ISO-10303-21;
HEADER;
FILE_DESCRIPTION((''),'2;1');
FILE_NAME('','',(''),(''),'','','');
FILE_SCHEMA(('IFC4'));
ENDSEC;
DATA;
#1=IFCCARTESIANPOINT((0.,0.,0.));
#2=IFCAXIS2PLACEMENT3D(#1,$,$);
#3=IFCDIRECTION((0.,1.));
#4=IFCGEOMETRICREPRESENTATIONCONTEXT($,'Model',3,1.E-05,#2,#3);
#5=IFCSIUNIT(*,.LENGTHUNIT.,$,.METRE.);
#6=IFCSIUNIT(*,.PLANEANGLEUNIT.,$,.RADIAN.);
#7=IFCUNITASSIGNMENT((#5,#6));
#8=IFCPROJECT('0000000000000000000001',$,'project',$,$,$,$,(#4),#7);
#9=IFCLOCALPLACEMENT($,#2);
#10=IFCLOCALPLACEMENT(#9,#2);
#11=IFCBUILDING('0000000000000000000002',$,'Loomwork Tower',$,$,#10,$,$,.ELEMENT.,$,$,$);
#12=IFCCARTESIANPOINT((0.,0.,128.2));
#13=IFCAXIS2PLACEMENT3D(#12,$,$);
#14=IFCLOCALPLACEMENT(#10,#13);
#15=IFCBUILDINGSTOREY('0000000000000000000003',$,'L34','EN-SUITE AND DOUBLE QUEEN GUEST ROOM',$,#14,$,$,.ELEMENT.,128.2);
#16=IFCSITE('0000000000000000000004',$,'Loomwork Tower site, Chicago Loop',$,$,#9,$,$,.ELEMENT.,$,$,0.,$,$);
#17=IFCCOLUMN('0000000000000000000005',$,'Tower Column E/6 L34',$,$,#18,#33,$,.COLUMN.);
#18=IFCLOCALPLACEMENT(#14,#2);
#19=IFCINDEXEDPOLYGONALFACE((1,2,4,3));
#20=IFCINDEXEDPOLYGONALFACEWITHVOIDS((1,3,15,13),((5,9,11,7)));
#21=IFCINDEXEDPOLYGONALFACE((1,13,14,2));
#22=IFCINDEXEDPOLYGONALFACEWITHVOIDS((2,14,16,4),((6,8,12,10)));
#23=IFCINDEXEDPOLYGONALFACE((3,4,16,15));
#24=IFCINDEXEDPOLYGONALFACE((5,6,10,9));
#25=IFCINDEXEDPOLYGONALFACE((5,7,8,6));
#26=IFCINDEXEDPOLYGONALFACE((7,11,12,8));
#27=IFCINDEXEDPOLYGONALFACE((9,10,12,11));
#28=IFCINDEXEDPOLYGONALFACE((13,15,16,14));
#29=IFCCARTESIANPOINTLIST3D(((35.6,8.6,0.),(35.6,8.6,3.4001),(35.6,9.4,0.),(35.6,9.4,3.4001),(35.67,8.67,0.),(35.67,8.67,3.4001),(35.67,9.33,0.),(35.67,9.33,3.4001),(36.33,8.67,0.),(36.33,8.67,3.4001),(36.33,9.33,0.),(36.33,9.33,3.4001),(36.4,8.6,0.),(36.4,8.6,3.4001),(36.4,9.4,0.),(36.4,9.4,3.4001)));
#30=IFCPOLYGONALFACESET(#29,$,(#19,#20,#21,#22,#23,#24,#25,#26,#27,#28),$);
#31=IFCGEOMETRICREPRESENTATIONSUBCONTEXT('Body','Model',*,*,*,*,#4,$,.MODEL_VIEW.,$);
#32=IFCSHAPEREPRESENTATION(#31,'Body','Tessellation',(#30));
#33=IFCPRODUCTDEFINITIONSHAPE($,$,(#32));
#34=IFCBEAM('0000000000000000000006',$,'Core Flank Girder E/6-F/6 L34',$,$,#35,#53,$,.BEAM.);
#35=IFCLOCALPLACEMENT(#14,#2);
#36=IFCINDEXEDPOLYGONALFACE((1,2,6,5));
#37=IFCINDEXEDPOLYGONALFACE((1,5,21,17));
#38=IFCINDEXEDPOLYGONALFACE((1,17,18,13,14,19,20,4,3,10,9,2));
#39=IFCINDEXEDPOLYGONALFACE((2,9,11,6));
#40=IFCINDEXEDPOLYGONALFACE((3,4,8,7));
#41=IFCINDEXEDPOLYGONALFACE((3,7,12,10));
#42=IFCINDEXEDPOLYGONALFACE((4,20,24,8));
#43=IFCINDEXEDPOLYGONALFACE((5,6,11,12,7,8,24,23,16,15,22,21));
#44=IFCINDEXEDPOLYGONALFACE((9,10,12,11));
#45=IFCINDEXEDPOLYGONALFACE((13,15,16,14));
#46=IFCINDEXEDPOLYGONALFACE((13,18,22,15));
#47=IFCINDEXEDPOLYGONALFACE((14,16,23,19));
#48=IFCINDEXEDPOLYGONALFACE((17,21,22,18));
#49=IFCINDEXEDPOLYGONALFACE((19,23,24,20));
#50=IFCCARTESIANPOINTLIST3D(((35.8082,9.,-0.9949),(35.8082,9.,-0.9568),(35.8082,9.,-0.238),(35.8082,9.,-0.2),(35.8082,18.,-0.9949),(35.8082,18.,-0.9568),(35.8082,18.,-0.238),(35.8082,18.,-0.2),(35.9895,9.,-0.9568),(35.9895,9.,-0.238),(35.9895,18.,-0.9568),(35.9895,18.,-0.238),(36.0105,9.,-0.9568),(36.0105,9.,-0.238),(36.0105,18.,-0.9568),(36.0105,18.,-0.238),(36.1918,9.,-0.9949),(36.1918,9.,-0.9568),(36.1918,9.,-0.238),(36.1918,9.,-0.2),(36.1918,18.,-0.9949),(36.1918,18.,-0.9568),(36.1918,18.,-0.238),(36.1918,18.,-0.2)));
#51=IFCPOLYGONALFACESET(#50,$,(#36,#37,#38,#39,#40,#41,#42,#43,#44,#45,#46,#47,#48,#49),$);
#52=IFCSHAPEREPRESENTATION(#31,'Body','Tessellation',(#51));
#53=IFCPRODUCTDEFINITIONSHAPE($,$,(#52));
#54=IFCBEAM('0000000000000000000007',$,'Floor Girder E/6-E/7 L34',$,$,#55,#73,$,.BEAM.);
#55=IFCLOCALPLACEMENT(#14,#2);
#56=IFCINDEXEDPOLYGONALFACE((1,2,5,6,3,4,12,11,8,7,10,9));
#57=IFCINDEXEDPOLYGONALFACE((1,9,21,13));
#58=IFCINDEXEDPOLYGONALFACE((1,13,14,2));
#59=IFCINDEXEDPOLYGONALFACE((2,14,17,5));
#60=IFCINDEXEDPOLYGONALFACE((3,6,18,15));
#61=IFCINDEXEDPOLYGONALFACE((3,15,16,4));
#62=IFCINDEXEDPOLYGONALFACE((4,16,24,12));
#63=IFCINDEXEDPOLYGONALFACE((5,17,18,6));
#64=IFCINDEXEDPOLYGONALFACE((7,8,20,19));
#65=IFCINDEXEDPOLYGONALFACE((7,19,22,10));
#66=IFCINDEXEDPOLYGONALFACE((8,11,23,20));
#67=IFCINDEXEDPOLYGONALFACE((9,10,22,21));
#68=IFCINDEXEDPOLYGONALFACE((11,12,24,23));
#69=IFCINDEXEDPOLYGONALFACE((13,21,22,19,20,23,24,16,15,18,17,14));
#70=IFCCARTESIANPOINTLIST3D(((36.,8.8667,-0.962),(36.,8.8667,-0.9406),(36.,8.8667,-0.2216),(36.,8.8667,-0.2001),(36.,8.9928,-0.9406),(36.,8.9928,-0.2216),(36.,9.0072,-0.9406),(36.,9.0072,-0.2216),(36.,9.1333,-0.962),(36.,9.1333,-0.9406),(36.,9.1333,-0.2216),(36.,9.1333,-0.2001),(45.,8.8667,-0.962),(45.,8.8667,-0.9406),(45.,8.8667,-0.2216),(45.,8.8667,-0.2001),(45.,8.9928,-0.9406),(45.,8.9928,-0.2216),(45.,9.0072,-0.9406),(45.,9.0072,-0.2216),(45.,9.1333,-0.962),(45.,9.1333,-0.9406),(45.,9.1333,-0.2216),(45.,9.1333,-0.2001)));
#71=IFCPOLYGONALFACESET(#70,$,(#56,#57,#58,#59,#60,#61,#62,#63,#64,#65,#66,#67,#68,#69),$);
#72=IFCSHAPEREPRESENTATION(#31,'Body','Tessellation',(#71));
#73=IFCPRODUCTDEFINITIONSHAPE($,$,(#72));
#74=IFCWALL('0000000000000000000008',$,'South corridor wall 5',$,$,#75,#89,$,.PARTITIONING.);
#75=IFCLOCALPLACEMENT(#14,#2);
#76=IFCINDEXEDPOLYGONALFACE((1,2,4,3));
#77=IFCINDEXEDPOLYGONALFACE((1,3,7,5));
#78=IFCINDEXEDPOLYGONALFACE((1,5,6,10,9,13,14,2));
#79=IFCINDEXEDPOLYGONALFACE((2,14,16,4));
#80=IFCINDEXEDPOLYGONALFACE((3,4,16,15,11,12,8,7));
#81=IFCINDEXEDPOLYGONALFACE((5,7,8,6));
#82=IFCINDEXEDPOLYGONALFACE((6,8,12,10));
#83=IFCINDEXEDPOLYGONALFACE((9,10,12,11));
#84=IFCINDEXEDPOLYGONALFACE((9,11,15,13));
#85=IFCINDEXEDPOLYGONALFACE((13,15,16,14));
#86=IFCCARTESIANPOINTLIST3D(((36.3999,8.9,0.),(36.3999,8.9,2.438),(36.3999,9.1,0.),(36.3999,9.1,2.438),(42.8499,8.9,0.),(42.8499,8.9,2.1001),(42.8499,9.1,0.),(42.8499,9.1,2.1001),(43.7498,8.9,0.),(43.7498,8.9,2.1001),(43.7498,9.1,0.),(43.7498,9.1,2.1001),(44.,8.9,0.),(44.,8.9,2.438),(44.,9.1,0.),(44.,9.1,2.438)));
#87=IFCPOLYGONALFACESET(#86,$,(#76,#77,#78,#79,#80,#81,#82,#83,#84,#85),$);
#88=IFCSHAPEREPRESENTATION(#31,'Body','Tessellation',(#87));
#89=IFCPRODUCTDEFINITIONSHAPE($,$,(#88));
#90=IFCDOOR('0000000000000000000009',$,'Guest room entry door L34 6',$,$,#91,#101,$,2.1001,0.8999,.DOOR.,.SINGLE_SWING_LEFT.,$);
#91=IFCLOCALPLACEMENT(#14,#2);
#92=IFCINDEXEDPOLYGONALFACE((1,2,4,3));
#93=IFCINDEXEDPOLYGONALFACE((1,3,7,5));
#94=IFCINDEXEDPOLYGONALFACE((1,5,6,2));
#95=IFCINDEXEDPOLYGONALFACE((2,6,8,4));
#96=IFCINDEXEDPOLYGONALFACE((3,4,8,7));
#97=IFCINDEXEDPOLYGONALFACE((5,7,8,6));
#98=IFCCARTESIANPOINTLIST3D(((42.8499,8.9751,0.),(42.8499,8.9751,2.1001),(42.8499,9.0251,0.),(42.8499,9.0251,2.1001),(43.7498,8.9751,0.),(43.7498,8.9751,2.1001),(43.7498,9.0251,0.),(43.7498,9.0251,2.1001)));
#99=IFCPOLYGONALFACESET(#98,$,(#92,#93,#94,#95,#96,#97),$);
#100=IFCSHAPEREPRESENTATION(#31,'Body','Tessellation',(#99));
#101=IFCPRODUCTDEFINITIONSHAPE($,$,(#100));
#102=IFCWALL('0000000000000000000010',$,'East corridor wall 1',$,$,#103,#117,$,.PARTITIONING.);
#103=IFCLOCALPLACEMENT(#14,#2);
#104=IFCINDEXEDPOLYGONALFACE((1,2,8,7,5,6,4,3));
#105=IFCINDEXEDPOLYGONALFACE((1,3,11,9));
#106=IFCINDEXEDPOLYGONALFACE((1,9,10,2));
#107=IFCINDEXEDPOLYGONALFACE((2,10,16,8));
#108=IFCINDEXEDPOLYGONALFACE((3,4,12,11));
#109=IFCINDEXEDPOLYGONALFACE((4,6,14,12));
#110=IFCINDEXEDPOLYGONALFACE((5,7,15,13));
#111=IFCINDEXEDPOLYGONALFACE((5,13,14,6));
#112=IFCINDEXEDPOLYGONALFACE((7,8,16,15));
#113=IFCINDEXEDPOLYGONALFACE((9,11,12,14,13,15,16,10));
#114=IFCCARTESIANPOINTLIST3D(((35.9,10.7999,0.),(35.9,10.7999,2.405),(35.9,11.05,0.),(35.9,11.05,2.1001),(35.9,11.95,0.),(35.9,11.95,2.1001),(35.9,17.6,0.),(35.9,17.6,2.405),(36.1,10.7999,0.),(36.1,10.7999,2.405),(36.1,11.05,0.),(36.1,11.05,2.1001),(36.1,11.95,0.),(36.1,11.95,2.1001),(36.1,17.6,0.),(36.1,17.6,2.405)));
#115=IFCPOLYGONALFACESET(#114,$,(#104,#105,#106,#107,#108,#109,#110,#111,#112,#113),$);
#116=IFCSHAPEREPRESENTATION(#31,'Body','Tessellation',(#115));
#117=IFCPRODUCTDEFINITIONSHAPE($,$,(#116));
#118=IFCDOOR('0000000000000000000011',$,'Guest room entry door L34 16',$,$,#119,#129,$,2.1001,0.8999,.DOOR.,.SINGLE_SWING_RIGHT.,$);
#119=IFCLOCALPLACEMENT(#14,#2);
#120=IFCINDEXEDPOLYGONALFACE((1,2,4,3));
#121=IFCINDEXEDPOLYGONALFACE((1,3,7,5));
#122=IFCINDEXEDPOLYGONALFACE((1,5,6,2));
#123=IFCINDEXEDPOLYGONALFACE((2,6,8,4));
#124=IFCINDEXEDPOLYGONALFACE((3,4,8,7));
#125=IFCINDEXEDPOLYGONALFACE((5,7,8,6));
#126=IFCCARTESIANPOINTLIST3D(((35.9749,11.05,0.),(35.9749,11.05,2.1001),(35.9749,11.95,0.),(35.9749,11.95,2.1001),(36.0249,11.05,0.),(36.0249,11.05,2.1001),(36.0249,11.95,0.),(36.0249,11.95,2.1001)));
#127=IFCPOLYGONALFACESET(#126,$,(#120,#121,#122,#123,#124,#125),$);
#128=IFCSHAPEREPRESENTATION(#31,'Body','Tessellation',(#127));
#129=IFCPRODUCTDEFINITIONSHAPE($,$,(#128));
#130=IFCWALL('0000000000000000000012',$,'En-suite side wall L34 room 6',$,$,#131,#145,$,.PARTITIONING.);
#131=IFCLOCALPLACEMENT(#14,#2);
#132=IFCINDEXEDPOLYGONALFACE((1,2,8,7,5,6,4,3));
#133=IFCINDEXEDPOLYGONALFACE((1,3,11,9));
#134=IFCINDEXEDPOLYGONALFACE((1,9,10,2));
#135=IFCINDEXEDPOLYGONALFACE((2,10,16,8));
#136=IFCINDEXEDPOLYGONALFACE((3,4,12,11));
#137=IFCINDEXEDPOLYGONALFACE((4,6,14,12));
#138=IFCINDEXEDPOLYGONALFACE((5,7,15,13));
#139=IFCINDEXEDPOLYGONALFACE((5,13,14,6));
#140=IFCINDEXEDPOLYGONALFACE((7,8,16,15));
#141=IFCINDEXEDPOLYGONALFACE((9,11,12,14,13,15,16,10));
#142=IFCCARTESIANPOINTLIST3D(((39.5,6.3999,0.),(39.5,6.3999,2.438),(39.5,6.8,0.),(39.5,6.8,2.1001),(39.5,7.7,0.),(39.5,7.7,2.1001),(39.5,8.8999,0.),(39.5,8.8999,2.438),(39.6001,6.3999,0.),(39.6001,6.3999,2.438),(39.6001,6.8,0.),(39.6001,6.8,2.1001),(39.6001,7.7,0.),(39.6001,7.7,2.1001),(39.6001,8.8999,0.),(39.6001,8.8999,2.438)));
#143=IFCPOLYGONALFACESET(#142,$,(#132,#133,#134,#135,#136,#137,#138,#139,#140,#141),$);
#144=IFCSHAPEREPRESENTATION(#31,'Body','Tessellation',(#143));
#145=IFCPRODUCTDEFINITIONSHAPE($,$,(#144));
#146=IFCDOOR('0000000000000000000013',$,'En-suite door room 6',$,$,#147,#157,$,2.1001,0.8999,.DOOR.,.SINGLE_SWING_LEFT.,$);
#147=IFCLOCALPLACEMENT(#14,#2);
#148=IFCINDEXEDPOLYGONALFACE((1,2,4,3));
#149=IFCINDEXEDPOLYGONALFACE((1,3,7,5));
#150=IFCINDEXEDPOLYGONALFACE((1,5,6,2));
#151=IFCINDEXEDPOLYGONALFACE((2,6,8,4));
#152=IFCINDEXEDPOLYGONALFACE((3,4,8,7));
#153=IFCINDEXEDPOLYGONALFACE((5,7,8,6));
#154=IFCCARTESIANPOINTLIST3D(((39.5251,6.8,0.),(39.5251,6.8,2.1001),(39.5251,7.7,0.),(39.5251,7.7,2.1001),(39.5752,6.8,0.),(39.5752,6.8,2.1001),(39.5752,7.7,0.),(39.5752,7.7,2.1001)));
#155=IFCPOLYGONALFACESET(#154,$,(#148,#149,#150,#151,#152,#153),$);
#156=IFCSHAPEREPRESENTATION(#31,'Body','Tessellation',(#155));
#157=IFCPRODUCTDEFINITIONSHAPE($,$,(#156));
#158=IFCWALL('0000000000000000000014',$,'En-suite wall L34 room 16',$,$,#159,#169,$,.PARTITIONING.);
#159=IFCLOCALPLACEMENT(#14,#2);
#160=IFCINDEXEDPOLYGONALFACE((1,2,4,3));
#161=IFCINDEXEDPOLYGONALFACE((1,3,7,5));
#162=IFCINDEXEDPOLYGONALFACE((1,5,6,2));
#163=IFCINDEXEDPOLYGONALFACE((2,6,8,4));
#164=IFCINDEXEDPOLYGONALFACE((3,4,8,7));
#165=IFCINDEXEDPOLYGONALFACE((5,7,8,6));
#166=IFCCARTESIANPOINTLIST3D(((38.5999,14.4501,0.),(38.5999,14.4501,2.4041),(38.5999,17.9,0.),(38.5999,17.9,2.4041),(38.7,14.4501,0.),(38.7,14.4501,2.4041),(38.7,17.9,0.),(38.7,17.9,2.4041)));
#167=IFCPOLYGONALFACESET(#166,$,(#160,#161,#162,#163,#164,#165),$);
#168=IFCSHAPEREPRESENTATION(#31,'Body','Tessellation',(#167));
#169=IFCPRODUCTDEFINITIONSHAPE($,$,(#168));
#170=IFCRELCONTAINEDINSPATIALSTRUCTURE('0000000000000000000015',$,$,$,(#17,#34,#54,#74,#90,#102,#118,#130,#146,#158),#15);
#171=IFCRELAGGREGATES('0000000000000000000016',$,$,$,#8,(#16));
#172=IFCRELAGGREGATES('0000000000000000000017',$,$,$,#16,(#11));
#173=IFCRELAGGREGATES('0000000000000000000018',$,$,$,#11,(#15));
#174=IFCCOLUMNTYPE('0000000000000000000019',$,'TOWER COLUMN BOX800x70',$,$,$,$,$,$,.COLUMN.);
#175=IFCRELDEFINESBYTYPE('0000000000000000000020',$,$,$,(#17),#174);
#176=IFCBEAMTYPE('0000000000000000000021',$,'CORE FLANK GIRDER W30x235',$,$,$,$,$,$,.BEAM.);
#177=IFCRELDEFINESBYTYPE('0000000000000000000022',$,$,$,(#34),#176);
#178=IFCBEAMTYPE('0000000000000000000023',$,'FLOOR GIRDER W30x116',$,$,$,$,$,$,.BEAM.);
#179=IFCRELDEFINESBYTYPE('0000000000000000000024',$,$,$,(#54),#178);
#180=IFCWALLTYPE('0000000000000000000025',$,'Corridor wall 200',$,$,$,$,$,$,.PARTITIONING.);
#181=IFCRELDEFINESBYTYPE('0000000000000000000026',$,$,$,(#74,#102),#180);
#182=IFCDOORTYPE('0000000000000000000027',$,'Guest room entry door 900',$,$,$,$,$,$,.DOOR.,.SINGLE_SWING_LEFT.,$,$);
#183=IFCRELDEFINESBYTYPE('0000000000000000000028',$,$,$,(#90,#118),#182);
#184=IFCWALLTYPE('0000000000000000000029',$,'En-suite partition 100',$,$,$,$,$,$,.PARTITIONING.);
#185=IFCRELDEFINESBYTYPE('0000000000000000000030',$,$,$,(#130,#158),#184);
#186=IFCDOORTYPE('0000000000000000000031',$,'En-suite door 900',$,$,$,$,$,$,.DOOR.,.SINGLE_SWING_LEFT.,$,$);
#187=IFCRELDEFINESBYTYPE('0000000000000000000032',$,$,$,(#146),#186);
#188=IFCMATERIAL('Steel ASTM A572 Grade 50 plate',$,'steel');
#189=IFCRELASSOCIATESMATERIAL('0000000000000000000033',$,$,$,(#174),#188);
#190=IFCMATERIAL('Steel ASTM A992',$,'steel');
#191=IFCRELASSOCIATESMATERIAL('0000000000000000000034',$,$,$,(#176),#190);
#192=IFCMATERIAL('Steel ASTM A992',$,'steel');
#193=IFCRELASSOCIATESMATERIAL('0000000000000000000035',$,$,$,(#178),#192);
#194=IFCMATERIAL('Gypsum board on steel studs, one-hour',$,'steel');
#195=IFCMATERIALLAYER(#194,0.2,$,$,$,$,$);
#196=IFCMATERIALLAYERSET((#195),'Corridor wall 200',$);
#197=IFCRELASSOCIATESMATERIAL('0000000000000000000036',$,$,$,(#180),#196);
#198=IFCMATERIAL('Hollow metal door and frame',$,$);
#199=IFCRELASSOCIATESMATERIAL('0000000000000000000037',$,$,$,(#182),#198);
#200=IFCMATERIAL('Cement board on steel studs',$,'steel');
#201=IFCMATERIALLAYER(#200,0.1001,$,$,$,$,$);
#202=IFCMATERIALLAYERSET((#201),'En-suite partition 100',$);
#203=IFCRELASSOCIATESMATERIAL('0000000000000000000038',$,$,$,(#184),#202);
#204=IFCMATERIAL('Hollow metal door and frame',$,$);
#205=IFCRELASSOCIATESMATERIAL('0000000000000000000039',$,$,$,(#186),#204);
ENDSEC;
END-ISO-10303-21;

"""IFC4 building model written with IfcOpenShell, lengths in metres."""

from ifc_helpers import new_model, si_unit, direction, frame, frame_2d, origin, origin_2d, place, context, subcontext, project, spatial, rectangle, hollow_rectangle, i_section, extrude, material, layer, layer_set, material_profile, profile_set, type_object, element, fill, save


model = new_model("IFC4")

# Units and contexts
model_context = context("Model", 3, precision=1e-05, world=origin(), true_north=direction((0.0, 1.0)))
body_context = subcontext(model_context, "Body", "Model", "MODEL_VIEW")
ifc_project = project(units=[si_unit("LENGTHUNIT", "METRE"), si_unit("PLANEANGLEUNIT", "RADIAN")], contexts=[model_context])

# Site, building, storey
site_placement = place(None, origin())
site = spatial("IfcSite", under=ifc_project, at=site_placement, Name="Loomwork Tower site, Chicago Loop", CompositionType="ELEMENT", RefElevation=0.0)
building_placement = place(site_placement, origin())
building = spatial("IfcBuilding", under=site, at=building_placement, Name="Loomwork Tower", CompositionType="ELEMENT")
storey_placement = place(building_placement, frame((0.0, 0.0, 128.2)))
storey = spatial("IfcBuildingStorey", under=building, at=storey_placement, Name="L34", Description="EN-SUITE AND DOUBLE QUEEN GUEST ROOM", CompositionType="ELEMENT", Elevation=128.2)

# Column
ifc_material_1 = material(Name="Steel ASTM A572 Grade 50 plate", Category="steel")
ifc_material_profile_1 = material_profile(ifc_material_1, hollow_rectangle(XDim=0.8, YDim=0.8, WallThickness=0.0701, at=origin_2d()), Name="BOX800x70")
ifc_profile_set_1 = profile_set([ifc_material_profile_1], Name="Steel ASTM A572 Grade 50 plate")
column_type = type_object("IfcColumnType", Name="TOWER COLUMN BOX800x70", PredefinedType="COLUMN", material=ifc_profile_set_1)
column_placement = place(storey_placement, frame((36.0, 9.0, 0.0), z_axis=(0.0, 0.0, 1.0), x_axis=(0.0, 1.0, 0.0)))
element("IfcColumn", 1, at=column_placement, inside=storey, type_object=column_type, Name="Tower Column E/6 L34", PredefinedType="COLUMN", context=body_context, shape_type="SweptSolid", body=[
    extrude(hollow_rectangle(XDim=0.8, YDim=0.8, WallThickness=0.0701, at=origin_2d()), origin(), (0.0, 0.0, 1.0), 3.4001),
])

# Beams
ifc_material_2 = material(Name="Steel ASTM A992", Category="steel")
ifc_material_profile_2 = material_profile(ifc_material_2, i_section(OverallWidth=0.3835, OverallDepth=0.7949, WebThickness=0.021, FlangeThickness=0.0381, at=origin_2d()), Name="W30x235")
ifc_profile_set_2 = profile_set([ifc_material_profile_2], Name="Steel ASTM A992")
beam_type_1 = type_object("IfcBeamType", Name="CORE FLANK GIRDER W30x235", PredefinedType="BEAM", material=ifc_profile_set_2)
beam_1_placement = place(storey_placement, frame((36.0, 9.0, -0.5974), z_axis=(0.0, 1.0, 0.0), x_axis=(-1.0, 0.0, 0.0)))
element("IfcBeam", 2, at=beam_1_placement, inside=storey, type_object=beam_type_1, Name="Core Flank Girder E/6-F/6 L34", PredefinedType="BEAM", context=body_context, shape_type="SweptSolid", body=[
    extrude(i_section(OverallWidth=0.3835, OverallDepth=0.7949, WebThickness=0.021, FlangeThickness=0.0381, at=origin_2d()), origin(), (0.0, 0.0, 1.0), 9.0),
])
ifc_material_3 = material(Name="Steel ASTM A992", Category="steel")
ifc_material_profile_3 = material_profile(ifc_material_3, i_section(OverallWidth=0.2666, OverallDepth=0.762, WebThickness=0.0144, FlangeThickness=0.0215, at=origin_2d()), Name="W30x116")
ifc_profile_set_3 = profile_set([ifc_material_profile_3], Name="Steel ASTM A992")
beam_type_2 = type_object("IfcBeamType", Name="FLOOR GIRDER W30x116", PredefinedType="BEAM", material=ifc_profile_set_3)
beam_2_placement = place(storey_placement, frame((36.0, 9.0, -0.5811), z_axis=(1.0, 0.0, 0.0), x_axis=(0.0, 1.0, 0.0)))
element("IfcBeam", 3, at=beam_2_placement, inside=storey, type_object=beam_type_2, Name="Floor Girder E/6-E/7 L34", PredefinedType="BEAM", context=body_context, shape_type="SweptSolid", body=[
    extrude(i_section(OverallWidth=0.2666, OverallDepth=0.762, WebThickness=0.0144, FlangeThickness=0.0215, at=origin_2d()), origin(), (0.0, 0.0, 1.0), 9.0),
])

# Walls, openings, doors
ifc_material_4 = material(Name="Gypsum board on steel studs, one-hour", Category="steel")
ifc_layer_1 = layer(ifc_material_4, 0.2)
ifc_layer_set_1 = layer_set([ifc_layer_1], Name="Corridor wall 200")
wall_type_1 = type_object("IfcWallType", Name="Corridor wall 200", PredefinedType="PARTITIONING", material=ifc_layer_set_1)
wall_1_placement = place(storey_placement, frame((36.3999, 9.0, 0.0), z_axis=(0.0, 0.0, 1.0), x_axis=(1.0, 0.0, 0.0)))
wall_1 = element("IfcWall", 4, at=wall_1_placement, inside=storey, type_object=wall_type_1, Name="South corridor wall 5", PredefinedType="PARTITIONING", context=body_context, shape_type="SweptSolid", body=[
    extrude(rectangle(XDim=7.6001, YDim=0.2, at=frame_2d((3.8, 0.0))), origin(), (0.0, 0.0, 1.0), 2.438),
])
opening_1_placement = place(wall_1_placement, frame((6.45, 0.0, 0.0)))
opening_1 = element("IfcOpeningElement", 5, at=opening_1_placement, cuts=wall_1, PredefinedType="OPENING", context=body_context, shape_type="SweptSolid", body=[
    extrude(rectangle(XDim=0.8999, YDim=2.1001, at=frame_2d((0.45, 1.05))), frame((0.0, 0.1099, 0.0), z_axis=(0.0, -1.0, 0.0), x_axis=(1.0, 0.0, 0.0)), (0.0, 0.0, 1.0), 0.22),
])
ifc_material_5 = material(Name="Hollow metal door and frame")
door_type_1 = type_object("IfcDoorType", Name="Guest room entry door 900", OperationType="SINGLE_SWING_LEFT", PredefinedType="DOOR", material=ifc_material_5)
door_1_placement = place(opening_1_placement, frame((0.8999, 0.0, 0.0), z_axis=(0.0, 0.0, 1.0), x_axis=(-1.0, 0.0, 0.0)))
door_1 = element("IfcDoor", 6, at=door_1_placement, inside=storey, type_object=door_type_1, Name="Guest room entry door L34 6", OperationType="SINGLE_SWING_LEFT", OverallHeight=2.1001, OverallWidth=0.8999, PredefinedType="DOOR", context=body_context, shape_type="SweptSolid", body=[
    extrude(rectangle(XDim=0.8999, YDim=2.1001, at=frame_2d((0.45, 1.05))), frame((0.0, 0.0249, 0.0), z_axis=(0.0, -1.0, 0.0), x_axis=(1.0, 0.0, 0.0)), (0.0, 0.0, 1.0), 0.05),
])
fill(opening_1, door_1)
wall_2_placement = place(storey_placement, frame((36.0, 10.8, 0.0), z_axis=(0.0, 0.0, 1.0), x_axis=(0.0, 1.0, 0.0)))
wall_2 = element("IfcWall", 7, at=wall_2_placement, inside=storey, type_object=wall_type_1, Name="East corridor wall 1", PredefinedType="PARTITIONING", context=body_context, shape_type="SweptSolid", body=[
    extrude(rectangle(XDim=6.8, YDim=0.2, at=frame_2d((3.3999, 0.0))), origin(), (0.0, 0.0, 1.0), 2.405),
])
opening_2_placement = place(wall_2_placement, frame((0.25, 0.0, 0.0)))
opening_2 = element("IfcOpeningElement", 8, at=opening_2_placement, cuts=wall_2, PredefinedType="OPENING", context=body_context, shape_type="SweptSolid", body=[
    extrude(rectangle(XDim=0.8999, YDim=2.1001, at=frame_2d((0.45, 1.05))), frame((0.0, 0.1099, 0.0), z_axis=(0.0, -1.0, 0.0), x_axis=(1.0, 0.0, 0.0)), (0.0, 0.0, 1.0), 0.22),
])
door_2_placement = place(opening_2_placement, frame((0.8999, 0.0, 0.0), z_axis=(0.0, 0.0, 1.0), x_axis=(-1.0, 0.0, 0.0)))
door_2 = element("IfcDoor", 9, at=door_2_placement, inside=storey, type_object=door_type_1, Name="Guest room entry door L34 16", OperationType="SINGLE_SWING_RIGHT", OverallHeight=2.1001, OverallWidth=0.8999, PredefinedType="DOOR", context=body_context, shape_type="SweptSolid", body=[
    extrude(rectangle(XDim=0.8999, YDim=2.1001, at=frame_2d((0.45, 1.05))), frame((0.0, 0.0249, 0.0), z_axis=(0.0, -1.0, 0.0), x_axis=(1.0, 0.0, 0.0)), (0.0, 0.0, 1.0), 0.05),
])
fill(opening_2, door_2)
ifc_material_6 = material(Name="Cement board on steel studs", Category="steel")
ifc_layer_2 = layer(ifc_material_6, 0.1001)
ifc_layer_set_2 = layer_set([ifc_layer_2], Name="En-suite partition 100")
wall_type_2 = type_object("IfcWallType", Name="En-suite partition 100", PredefinedType="PARTITIONING", material=ifc_layer_set_2)
wall_3_placement = place(storey_placement, frame((39.55, 8.8999, 0.0), z_axis=(0.0, 0.0, 1.0), x_axis=(0.0, -1.0, 0.0)))
wall_3 = element("IfcWall", 10, at=wall_3_placement, inside=storey, type_object=wall_type_2, Name="En-suite side wall L34 room 6", PredefinedType="PARTITIONING", context=body_context, shape_type="SweptSolid", body=[
    extrude(rectangle(XDim=2.5, YDim=0.1001, at=frame_2d((1.25, 0.0))), origin(), (0.0, 0.0, 1.0), 2.438),
])
opening_3_placement = place(wall_3_placement, frame((1.2, 0.0, 0.0)))
opening_3 = element("IfcOpeningElement", 11, at=opening_3_placement, cuts=wall_3, PredefinedType="OPENING", context=body_context, shape_type="SweptSolid", body=[
    extrude(rectangle(XDim=0.8999, YDim=2.1001, at=frame_2d((0.45, 1.05))), frame((0.0, 0.0601, 0.0), z_axis=(0.0, -1.0, 0.0), x_axis=(1.0, 0.0, 0.0)), (0.0, 0.0, 1.0), 0.1201),
])
ifc_material_7 = material(Name="Hollow metal door and frame")
door_type_2 = type_object("IfcDoorType", Name="En-suite door 900", OperationType="SINGLE_SWING_LEFT", PredefinedType="DOOR", material=ifc_material_7)
door_3_placement = place(opening_3_placement, frame((0.8999, 0.0, 0.0), z_axis=(0.0, 0.0, 1.0), x_axis=(-1.0, 0.0, 0.0)))
door_3 = element("IfcDoor", 12, at=door_3_placement, inside=storey, type_object=door_type_2, Name="En-suite door room 6", OperationType="SINGLE_SWING_LEFT", OverallHeight=2.1001, OverallWidth=0.8999, PredefinedType="DOOR", context=body_context, shape_type="SweptSolid", body=[
    extrude(rectangle(XDim=0.8999, YDim=2.1001, at=frame_2d((0.45, 1.05))), frame((0.0, 0.0249, 0.0), z_axis=(0.0, -1.0, 0.0), x_axis=(1.0, 0.0, 0.0)), (0.0, 0.0, 1.0), 0.05),
])
fill(opening_3, door_3)

# Wall
wall_4_placement = place(storey_placement, frame((38.6499, 14.45, 0.0), z_axis=(0.0, 0.0, 1.0), x_axis=(0.0, 1.0, 0.0)))
element("IfcWall", 13, at=wall_4_placement, inside=storey, type_object=wall_type_2, Name="En-suite wall L34 room 16", PredefinedType="PARTITIONING", context=body_context, shape_type="SweptSolid", body=[
    extrude(rectangle(XDim=3.45, YDim=0.1001, at=frame_2d((1.7251, 0.0))), origin(), (0.0, 0.0, 1.0), 2.4041),
])

save(model, "model.ifc")
